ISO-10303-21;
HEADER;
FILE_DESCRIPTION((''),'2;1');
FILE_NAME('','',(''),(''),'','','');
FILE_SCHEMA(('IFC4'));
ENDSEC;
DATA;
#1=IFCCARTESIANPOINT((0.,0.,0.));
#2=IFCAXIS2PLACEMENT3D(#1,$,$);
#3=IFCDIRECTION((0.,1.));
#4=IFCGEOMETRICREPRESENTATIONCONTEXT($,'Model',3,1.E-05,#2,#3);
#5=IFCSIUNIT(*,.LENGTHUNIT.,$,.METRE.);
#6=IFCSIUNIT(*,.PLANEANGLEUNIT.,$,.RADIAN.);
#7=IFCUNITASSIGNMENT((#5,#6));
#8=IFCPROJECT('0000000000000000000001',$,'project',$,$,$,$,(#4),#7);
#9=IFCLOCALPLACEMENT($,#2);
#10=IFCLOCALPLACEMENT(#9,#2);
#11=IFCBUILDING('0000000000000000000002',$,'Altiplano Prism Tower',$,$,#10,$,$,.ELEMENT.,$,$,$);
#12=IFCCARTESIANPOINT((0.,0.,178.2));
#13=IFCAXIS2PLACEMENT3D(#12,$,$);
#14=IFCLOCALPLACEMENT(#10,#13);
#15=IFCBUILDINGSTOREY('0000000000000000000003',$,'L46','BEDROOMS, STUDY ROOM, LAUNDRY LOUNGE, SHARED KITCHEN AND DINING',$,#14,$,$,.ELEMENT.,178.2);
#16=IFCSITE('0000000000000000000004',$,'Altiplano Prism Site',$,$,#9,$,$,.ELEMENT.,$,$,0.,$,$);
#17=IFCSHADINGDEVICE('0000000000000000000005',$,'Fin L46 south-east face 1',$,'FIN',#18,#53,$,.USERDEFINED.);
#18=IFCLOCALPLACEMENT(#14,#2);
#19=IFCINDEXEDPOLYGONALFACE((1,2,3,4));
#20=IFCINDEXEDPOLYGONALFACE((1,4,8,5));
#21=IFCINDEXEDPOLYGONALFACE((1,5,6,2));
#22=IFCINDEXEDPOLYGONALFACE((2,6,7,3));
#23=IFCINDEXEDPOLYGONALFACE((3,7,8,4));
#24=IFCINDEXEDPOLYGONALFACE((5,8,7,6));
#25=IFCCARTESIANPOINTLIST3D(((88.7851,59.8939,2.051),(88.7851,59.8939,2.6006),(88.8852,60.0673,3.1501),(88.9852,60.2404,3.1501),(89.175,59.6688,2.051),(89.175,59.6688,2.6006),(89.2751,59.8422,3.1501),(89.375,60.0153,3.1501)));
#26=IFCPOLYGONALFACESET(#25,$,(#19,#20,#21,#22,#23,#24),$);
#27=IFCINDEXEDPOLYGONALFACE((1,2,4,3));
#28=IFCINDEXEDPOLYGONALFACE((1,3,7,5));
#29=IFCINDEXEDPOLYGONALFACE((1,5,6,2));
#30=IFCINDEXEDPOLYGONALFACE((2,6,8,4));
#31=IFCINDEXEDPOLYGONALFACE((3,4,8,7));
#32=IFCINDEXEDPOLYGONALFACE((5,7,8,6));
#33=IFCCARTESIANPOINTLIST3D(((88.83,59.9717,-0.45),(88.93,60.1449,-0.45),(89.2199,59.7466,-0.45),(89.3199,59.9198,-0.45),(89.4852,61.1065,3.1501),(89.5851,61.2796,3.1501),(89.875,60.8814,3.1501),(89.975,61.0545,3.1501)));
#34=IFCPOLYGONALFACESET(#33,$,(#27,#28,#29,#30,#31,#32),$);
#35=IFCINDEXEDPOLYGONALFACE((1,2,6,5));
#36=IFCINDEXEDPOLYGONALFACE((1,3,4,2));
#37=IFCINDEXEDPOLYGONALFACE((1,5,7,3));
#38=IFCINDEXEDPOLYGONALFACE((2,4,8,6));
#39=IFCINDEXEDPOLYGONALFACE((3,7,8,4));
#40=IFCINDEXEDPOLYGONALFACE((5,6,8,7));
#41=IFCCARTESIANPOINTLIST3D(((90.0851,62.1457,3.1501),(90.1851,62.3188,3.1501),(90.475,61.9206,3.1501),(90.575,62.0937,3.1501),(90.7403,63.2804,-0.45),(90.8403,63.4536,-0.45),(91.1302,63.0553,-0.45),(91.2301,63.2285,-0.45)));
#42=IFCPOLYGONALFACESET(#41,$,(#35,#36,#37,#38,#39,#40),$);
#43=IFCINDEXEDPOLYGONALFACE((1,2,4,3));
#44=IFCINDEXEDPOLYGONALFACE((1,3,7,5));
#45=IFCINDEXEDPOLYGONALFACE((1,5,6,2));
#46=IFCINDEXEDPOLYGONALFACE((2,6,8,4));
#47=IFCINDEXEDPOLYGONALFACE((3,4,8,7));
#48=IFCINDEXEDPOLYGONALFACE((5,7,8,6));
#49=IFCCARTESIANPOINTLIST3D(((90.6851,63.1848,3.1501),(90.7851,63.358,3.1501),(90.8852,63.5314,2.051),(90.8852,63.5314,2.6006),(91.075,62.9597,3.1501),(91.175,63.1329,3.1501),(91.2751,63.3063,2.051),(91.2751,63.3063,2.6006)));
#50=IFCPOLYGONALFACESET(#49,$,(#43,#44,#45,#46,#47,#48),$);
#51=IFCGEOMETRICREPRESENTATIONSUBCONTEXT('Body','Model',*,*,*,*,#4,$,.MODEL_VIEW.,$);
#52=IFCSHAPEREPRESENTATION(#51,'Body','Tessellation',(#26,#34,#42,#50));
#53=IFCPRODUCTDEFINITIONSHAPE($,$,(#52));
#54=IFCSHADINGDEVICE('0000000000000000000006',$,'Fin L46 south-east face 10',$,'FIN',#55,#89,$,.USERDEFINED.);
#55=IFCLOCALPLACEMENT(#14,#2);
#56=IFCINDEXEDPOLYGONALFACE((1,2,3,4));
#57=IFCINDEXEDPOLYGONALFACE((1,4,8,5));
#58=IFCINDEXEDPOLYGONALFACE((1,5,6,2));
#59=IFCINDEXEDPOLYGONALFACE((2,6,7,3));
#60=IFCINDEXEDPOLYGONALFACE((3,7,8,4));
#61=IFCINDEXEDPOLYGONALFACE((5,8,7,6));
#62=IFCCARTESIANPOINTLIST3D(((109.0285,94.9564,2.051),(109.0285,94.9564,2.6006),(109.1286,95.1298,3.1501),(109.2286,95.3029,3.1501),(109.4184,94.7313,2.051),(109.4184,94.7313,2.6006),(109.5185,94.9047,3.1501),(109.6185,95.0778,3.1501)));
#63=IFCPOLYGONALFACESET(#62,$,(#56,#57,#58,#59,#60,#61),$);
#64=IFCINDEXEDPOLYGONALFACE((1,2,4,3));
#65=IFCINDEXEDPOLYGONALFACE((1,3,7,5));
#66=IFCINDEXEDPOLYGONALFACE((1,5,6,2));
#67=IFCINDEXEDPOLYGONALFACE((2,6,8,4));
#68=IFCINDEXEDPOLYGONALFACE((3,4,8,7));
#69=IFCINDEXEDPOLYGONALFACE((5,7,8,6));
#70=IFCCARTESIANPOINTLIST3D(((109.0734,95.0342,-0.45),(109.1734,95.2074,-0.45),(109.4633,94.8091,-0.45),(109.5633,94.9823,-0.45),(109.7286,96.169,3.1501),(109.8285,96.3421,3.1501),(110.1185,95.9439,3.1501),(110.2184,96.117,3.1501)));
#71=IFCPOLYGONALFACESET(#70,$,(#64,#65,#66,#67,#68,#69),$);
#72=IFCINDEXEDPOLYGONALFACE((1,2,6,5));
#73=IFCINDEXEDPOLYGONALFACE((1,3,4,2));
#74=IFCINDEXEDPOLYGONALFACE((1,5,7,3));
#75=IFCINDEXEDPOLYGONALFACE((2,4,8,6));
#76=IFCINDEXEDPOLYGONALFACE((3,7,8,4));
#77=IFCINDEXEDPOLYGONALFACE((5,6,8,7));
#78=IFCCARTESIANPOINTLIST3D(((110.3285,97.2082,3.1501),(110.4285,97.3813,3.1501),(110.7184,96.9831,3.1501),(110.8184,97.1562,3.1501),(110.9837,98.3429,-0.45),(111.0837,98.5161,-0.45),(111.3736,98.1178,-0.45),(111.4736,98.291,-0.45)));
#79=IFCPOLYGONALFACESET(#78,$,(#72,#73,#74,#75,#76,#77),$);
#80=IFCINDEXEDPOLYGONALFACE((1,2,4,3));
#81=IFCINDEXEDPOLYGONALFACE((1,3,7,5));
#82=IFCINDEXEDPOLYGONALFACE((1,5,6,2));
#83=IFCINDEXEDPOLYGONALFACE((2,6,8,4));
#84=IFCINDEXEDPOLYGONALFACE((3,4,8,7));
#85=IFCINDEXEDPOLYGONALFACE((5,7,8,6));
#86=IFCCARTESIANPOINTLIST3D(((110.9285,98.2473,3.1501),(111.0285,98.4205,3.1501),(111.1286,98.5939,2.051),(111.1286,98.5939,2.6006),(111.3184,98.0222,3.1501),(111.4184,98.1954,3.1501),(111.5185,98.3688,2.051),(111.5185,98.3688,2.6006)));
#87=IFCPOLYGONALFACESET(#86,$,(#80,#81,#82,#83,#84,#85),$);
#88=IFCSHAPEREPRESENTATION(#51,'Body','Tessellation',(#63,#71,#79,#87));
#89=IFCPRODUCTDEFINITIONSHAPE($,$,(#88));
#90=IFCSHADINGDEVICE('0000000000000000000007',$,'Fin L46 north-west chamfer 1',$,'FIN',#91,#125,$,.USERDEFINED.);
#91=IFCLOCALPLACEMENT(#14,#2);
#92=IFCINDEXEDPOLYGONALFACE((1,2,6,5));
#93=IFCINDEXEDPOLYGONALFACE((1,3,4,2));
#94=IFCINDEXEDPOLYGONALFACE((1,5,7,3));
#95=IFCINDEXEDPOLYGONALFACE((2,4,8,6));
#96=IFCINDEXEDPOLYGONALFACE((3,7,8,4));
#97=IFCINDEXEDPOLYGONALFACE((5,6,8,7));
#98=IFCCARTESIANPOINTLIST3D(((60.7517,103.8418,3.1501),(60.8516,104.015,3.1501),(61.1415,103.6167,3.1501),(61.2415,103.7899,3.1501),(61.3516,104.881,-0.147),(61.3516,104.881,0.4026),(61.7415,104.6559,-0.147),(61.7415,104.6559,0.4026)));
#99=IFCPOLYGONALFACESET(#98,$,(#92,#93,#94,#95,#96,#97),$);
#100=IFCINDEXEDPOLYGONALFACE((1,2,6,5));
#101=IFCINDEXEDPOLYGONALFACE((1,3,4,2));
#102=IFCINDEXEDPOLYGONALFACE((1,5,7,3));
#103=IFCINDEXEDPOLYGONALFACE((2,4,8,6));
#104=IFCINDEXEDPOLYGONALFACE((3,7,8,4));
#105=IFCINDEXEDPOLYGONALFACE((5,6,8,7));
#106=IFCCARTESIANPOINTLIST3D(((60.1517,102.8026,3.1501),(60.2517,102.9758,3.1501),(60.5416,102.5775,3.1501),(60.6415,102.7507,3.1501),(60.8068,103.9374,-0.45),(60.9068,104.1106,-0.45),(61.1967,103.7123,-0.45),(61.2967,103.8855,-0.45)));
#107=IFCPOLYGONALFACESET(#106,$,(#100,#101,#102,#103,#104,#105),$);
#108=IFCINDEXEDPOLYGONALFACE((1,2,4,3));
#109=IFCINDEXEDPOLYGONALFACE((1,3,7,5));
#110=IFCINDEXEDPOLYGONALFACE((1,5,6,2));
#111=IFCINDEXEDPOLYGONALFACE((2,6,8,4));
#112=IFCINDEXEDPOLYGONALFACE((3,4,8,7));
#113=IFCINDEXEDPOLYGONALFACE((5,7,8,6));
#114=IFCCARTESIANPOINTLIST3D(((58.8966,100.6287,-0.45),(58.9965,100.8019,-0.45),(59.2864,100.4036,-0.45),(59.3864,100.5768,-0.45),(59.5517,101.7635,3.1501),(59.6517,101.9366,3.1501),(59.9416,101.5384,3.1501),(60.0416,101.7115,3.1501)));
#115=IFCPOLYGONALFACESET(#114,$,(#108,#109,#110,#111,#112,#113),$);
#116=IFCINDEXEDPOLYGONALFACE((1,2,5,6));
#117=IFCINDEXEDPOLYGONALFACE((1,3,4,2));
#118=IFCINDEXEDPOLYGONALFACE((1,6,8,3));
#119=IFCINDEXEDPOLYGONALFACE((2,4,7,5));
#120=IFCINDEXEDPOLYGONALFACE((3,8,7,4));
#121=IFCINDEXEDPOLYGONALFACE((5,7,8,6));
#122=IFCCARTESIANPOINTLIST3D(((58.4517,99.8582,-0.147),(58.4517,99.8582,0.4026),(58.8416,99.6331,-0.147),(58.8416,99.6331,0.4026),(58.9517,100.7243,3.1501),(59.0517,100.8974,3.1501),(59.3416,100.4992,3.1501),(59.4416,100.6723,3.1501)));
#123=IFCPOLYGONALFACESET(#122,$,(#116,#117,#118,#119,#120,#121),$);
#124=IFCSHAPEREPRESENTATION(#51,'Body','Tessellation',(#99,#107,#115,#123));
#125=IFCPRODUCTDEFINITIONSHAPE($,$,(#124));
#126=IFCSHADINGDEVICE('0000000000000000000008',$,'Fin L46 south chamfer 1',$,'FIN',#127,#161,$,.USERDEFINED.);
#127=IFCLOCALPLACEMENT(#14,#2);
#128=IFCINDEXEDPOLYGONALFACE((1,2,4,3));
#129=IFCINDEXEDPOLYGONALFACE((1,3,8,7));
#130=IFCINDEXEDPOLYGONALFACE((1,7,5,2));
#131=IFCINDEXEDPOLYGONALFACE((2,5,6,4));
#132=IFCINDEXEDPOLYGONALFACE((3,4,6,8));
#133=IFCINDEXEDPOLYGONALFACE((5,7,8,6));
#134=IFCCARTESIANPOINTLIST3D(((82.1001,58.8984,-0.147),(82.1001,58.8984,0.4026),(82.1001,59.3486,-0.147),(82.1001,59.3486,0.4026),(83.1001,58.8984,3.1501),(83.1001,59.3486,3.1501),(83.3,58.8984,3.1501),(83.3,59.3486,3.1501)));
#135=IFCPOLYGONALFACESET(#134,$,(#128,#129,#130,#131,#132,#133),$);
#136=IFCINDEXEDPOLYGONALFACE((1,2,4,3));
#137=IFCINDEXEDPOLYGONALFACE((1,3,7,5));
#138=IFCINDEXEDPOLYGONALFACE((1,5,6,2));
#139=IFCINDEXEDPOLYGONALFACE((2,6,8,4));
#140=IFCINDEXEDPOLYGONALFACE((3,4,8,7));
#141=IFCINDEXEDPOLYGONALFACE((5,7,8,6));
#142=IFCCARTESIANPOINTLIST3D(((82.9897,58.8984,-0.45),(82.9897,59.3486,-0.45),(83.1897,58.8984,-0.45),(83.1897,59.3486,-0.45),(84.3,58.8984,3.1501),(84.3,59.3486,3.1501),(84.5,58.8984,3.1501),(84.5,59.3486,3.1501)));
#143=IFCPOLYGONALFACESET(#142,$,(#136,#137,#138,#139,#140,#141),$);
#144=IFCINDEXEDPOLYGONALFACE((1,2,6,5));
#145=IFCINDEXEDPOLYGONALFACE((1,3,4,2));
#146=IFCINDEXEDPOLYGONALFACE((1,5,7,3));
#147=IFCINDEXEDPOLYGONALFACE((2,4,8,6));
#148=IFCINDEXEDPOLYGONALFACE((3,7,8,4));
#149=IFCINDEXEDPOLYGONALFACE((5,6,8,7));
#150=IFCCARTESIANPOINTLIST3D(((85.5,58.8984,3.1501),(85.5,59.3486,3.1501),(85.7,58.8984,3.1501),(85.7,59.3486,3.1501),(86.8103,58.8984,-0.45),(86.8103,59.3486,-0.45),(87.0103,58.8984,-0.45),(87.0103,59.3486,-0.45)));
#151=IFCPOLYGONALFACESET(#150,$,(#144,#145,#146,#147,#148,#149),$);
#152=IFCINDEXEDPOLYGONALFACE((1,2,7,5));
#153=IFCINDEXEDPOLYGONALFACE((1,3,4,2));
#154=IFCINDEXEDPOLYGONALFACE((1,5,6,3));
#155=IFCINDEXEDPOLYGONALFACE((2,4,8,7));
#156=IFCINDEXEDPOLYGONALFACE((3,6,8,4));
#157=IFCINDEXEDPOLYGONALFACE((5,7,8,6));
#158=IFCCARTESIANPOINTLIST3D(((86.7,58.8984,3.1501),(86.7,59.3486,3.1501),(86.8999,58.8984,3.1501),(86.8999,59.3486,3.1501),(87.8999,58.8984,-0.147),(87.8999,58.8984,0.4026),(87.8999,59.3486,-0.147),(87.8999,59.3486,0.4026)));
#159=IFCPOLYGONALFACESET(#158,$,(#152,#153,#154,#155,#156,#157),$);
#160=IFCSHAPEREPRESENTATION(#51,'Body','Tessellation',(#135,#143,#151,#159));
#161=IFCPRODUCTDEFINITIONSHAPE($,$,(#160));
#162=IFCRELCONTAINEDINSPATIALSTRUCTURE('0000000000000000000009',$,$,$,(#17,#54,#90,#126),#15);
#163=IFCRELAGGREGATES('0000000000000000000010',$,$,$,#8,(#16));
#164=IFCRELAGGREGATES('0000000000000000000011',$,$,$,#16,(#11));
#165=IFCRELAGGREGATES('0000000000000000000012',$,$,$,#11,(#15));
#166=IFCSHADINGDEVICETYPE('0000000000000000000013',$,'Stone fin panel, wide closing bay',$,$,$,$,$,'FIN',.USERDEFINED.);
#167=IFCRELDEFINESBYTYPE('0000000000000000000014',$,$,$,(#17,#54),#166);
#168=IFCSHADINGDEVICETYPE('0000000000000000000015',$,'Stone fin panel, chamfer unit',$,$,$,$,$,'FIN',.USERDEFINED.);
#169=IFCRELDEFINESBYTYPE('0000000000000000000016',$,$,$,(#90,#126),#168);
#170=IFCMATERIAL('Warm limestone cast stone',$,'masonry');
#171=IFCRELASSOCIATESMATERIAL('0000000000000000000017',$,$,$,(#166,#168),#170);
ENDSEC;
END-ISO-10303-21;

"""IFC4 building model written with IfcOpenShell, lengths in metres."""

from ifc_helpers import new_model, si_unit, direction, frame, origin, place, context, subcontext, project, spatial, polyline, outline, extrude, source, transform, mapped, material, type_object, element, save


model = new_model("IFC4")

# Units and contexts
model_context = context("Model", 3, precision=1e-05, world=origin(), true_north=direction((0.0, 1.0)))
body_context = subcontext(model_context, "Body", "Model", "MODEL_VIEW")
ifc_project = project(units=[si_unit("LENGTHUNIT", "METRE"), si_unit("PLANEANGLEUNIT", "RADIAN")], contexts=[model_context])

# Site, building, storey
site_placement = place(None, origin())
site = spatial("IfcSite", under=ifc_project, at=site_placement, Name="Altiplano Prism Site", CompositionType="ELEMENT", RefElevation=0.0)
building_placement = place(site_placement, origin())
building = spatial("IfcBuilding", under=site, at=building_placement, Name="Altiplano Prism Tower", CompositionType="ELEMENT")
storey_placement = place(building_placement, frame((0.0, 0.0, 178.2)))
storey = spatial("IfcBuildingStorey", under=building, at=storey_placement, Name="L46", Description="BEDROOMS, STUDY ROOM, LAUNDRY LOUNGE, SHARED KITCHEN AND DINING", CompositionType="ELEMENT", Elevation=178.2)

# Shading devices
ifc_material_1 = material(Name="Warm limestone cast stone", Category="masonry")
shading_device_type_1 = type_object("IfcShadingDeviceType", Name="Stone fin panel, wide closing bay", ElementType="FIN", PredefinedType="USERDEFINED", material=ifc_material_1)
shared_shape_1 = source(origin(), body_context, "Body", "SweptSolid", [
    extrude(outline(polyline([(-2.1001, 2.501), (-1.7, 3.6001), (-1.8999, 3.6001), (-2.1001, 3.0505), (-2.1001, 2.501)])), frame((0.0, -0.1499, 0.0), z_axis=(0.0, -1.0, 0.0), x_axis=(1.0, 0.0, 0.0)), (0.0, 0.0, 1.0), 0.4502),
    extrude(outline(polyline([(-2.0103, 0.0), (-1.8103, 0.0), (-0.5, 3.6001), (-0.7, 3.6001), (-2.0103, 0.0)])), frame((0.0, -0.1499, 0.0), z_axis=(0.0, -1.0, 0.0), x_axis=(1.0, 0.0, 0.0)), (0.0, 0.0, 1.0), 0.4502),
    extrude(outline(polyline([(1.8103, 0.0), (2.0103, 0.0), (0.7, 3.6001), (0.5, 3.6001), (1.8103, 0.0)])), frame((0.0, -0.1499, 0.0), z_axis=(0.0, -1.0, 0.0), x_axis=(1.0, 0.0, 0.0)), (0.0, 0.0, 1.0), 0.4502),
    extrude(outline(polyline([(2.1001, 3.0505), (1.8999, 3.6001), (1.7, 3.6001), (2.1001, 2.501), (2.1001, 3.0505)])), frame((0.0, -0.1499, 0.0), z_axis=(0.0, -1.0, 0.0), x_axis=(1.0, 0.0, 0.0)), (0.0, 0.0, 1.0), 0.4502),
])
shading_device_1_placement = place(storey_placement, origin())
element("IfcShadingDevice", 1, at=shading_device_1_placement, inside=storey, type_object=shading_device_type_1, Name="Fin L46 south-east face 1", ObjectType="FIN", PredefinedType="USERDEFINED", context=body_context, shape_type="MappedRepresentation", body=[
    mapped(shared_shape_1, transform((89.7053, 61.7876, -0.45), x_axis=(0.5, 0.866025, 0.0), y_axis=(-0.866025, 0.5, 0.0), z_axis=(0.0, 0.0, 1.0))),
])
shading_device_2_placement = place(storey_placement, origin())
element("IfcShadingDevice", 2, at=shading_device_2_placement, inside=storey, type_object=shading_device_type_1, Name="Fin L46 south-east face 10", ObjectType="FIN", PredefinedType="USERDEFINED", context=body_context, shape_type="MappedRepresentation", body=[
    mapped(shared_shape_1, transform((109.9487, 96.8501, -0.45), x_axis=(0.5, 0.866025, 0.0), y_axis=(-0.866025, 0.5, 0.0), z_axis=(0.0, 0.0, 1.0))),
])
shading_device_type_2 = type_object("IfcShadingDeviceType", Name="Stone fin panel, chamfer unit", ElementType="FIN", PredefinedType="USERDEFINED", material=ifc_material_1)
shared_shape_2 = source(origin(), body_context, "Body", "SweptSolid", [
    extrude(outline(polyline([(-2.8999, 0.303), (-1.7, 3.6001), (-1.8999, 3.6001), (-2.8999, 0.8525), (-2.8999, 0.303)])), frame((0.0, -0.1499, 0.0), z_axis=(0.0, -1.0, 0.0), x_axis=(1.0, 0.0, 0.0)), (0.0, 0.0, 1.0), 0.4502),
    extrude(outline(polyline([(-2.0103, 0.0), (-1.8103, 0.0), (-0.5, 3.6001), (-0.7, 3.6001), (-2.0103, 0.0)])), frame((0.0, -0.1499, 0.0), z_axis=(0.0, -1.0, 0.0), x_axis=(1.0, 0.0, 0.0)), (0.0, 0.0, 1.0), 0.4502),
    extrude(outline(polyline([(1.8103, 0.0), (2.0103, 0.0), (0.7, 3.6001), (0.5, 3.6001), (1.8103, 0.0)])), frame((0.0, -0.1499, 0.0), z_axis=(0.0, -1.0, 0.0), x_axis=(1.0, 0.0, 0.0)), (0.0, 0.0, 1.0), 0.4502),
    extrude(outline(polyline([(2.8999, 0.8525), (1.8999, 3.6001), (1.7, 3.6001), (2.8999, 0.303), (2.8999, 0.8525)])), frame((0.0, -0.1499, 0.0), z_axis=(0.0, -1.0, 0.0), x_axis=(1.0, 0.0, 0.0)), (0.0, 0.0, 1.0), 0.4502),
])
shading_device_3_placement = place(storey_placement, origin())
element("IfcShadingDevice", 3, at=shading_device_3_placement, inside=storey, type_object=shading_device_type_2, Name="Fin L46 north-west chamfer 1", ObjectType="FIN", PredefinedType="USERDEFINED", context=body_context, shape_type="MappedRepresentation", body=[
    mapped(shared_shape_2, transform((60.4214, 102.0696, -0.45), x_axis=(-0.5, -0.866025, 0.0), y_axis=(0.866025, -0.5, 0.0), z_axis=(0.0, 0.0, 1.0))),
])
shading_device_4_placement = place(storey_placement, origin())
element("IfcShadingDevice", 4, at=shading_device_4_placement, inside=storey, type_object=shading_device_type_2, Name="Fin L46 south chamfer 1", ObjectType="FIN", PredefinedType="USERDEFINED", context=body_context, shape_type="MappedRepresentation", body=[
    mapped(shared_shape_2, transform((85.0, 59.4985, -0.45), x_axis=(1.0, 0.0, 0.0), y_axis=(0.0, 1.0, 0.0), z_axis=(0.0, 0.0, 1.0))),
])

save(model, "model.ifc")
